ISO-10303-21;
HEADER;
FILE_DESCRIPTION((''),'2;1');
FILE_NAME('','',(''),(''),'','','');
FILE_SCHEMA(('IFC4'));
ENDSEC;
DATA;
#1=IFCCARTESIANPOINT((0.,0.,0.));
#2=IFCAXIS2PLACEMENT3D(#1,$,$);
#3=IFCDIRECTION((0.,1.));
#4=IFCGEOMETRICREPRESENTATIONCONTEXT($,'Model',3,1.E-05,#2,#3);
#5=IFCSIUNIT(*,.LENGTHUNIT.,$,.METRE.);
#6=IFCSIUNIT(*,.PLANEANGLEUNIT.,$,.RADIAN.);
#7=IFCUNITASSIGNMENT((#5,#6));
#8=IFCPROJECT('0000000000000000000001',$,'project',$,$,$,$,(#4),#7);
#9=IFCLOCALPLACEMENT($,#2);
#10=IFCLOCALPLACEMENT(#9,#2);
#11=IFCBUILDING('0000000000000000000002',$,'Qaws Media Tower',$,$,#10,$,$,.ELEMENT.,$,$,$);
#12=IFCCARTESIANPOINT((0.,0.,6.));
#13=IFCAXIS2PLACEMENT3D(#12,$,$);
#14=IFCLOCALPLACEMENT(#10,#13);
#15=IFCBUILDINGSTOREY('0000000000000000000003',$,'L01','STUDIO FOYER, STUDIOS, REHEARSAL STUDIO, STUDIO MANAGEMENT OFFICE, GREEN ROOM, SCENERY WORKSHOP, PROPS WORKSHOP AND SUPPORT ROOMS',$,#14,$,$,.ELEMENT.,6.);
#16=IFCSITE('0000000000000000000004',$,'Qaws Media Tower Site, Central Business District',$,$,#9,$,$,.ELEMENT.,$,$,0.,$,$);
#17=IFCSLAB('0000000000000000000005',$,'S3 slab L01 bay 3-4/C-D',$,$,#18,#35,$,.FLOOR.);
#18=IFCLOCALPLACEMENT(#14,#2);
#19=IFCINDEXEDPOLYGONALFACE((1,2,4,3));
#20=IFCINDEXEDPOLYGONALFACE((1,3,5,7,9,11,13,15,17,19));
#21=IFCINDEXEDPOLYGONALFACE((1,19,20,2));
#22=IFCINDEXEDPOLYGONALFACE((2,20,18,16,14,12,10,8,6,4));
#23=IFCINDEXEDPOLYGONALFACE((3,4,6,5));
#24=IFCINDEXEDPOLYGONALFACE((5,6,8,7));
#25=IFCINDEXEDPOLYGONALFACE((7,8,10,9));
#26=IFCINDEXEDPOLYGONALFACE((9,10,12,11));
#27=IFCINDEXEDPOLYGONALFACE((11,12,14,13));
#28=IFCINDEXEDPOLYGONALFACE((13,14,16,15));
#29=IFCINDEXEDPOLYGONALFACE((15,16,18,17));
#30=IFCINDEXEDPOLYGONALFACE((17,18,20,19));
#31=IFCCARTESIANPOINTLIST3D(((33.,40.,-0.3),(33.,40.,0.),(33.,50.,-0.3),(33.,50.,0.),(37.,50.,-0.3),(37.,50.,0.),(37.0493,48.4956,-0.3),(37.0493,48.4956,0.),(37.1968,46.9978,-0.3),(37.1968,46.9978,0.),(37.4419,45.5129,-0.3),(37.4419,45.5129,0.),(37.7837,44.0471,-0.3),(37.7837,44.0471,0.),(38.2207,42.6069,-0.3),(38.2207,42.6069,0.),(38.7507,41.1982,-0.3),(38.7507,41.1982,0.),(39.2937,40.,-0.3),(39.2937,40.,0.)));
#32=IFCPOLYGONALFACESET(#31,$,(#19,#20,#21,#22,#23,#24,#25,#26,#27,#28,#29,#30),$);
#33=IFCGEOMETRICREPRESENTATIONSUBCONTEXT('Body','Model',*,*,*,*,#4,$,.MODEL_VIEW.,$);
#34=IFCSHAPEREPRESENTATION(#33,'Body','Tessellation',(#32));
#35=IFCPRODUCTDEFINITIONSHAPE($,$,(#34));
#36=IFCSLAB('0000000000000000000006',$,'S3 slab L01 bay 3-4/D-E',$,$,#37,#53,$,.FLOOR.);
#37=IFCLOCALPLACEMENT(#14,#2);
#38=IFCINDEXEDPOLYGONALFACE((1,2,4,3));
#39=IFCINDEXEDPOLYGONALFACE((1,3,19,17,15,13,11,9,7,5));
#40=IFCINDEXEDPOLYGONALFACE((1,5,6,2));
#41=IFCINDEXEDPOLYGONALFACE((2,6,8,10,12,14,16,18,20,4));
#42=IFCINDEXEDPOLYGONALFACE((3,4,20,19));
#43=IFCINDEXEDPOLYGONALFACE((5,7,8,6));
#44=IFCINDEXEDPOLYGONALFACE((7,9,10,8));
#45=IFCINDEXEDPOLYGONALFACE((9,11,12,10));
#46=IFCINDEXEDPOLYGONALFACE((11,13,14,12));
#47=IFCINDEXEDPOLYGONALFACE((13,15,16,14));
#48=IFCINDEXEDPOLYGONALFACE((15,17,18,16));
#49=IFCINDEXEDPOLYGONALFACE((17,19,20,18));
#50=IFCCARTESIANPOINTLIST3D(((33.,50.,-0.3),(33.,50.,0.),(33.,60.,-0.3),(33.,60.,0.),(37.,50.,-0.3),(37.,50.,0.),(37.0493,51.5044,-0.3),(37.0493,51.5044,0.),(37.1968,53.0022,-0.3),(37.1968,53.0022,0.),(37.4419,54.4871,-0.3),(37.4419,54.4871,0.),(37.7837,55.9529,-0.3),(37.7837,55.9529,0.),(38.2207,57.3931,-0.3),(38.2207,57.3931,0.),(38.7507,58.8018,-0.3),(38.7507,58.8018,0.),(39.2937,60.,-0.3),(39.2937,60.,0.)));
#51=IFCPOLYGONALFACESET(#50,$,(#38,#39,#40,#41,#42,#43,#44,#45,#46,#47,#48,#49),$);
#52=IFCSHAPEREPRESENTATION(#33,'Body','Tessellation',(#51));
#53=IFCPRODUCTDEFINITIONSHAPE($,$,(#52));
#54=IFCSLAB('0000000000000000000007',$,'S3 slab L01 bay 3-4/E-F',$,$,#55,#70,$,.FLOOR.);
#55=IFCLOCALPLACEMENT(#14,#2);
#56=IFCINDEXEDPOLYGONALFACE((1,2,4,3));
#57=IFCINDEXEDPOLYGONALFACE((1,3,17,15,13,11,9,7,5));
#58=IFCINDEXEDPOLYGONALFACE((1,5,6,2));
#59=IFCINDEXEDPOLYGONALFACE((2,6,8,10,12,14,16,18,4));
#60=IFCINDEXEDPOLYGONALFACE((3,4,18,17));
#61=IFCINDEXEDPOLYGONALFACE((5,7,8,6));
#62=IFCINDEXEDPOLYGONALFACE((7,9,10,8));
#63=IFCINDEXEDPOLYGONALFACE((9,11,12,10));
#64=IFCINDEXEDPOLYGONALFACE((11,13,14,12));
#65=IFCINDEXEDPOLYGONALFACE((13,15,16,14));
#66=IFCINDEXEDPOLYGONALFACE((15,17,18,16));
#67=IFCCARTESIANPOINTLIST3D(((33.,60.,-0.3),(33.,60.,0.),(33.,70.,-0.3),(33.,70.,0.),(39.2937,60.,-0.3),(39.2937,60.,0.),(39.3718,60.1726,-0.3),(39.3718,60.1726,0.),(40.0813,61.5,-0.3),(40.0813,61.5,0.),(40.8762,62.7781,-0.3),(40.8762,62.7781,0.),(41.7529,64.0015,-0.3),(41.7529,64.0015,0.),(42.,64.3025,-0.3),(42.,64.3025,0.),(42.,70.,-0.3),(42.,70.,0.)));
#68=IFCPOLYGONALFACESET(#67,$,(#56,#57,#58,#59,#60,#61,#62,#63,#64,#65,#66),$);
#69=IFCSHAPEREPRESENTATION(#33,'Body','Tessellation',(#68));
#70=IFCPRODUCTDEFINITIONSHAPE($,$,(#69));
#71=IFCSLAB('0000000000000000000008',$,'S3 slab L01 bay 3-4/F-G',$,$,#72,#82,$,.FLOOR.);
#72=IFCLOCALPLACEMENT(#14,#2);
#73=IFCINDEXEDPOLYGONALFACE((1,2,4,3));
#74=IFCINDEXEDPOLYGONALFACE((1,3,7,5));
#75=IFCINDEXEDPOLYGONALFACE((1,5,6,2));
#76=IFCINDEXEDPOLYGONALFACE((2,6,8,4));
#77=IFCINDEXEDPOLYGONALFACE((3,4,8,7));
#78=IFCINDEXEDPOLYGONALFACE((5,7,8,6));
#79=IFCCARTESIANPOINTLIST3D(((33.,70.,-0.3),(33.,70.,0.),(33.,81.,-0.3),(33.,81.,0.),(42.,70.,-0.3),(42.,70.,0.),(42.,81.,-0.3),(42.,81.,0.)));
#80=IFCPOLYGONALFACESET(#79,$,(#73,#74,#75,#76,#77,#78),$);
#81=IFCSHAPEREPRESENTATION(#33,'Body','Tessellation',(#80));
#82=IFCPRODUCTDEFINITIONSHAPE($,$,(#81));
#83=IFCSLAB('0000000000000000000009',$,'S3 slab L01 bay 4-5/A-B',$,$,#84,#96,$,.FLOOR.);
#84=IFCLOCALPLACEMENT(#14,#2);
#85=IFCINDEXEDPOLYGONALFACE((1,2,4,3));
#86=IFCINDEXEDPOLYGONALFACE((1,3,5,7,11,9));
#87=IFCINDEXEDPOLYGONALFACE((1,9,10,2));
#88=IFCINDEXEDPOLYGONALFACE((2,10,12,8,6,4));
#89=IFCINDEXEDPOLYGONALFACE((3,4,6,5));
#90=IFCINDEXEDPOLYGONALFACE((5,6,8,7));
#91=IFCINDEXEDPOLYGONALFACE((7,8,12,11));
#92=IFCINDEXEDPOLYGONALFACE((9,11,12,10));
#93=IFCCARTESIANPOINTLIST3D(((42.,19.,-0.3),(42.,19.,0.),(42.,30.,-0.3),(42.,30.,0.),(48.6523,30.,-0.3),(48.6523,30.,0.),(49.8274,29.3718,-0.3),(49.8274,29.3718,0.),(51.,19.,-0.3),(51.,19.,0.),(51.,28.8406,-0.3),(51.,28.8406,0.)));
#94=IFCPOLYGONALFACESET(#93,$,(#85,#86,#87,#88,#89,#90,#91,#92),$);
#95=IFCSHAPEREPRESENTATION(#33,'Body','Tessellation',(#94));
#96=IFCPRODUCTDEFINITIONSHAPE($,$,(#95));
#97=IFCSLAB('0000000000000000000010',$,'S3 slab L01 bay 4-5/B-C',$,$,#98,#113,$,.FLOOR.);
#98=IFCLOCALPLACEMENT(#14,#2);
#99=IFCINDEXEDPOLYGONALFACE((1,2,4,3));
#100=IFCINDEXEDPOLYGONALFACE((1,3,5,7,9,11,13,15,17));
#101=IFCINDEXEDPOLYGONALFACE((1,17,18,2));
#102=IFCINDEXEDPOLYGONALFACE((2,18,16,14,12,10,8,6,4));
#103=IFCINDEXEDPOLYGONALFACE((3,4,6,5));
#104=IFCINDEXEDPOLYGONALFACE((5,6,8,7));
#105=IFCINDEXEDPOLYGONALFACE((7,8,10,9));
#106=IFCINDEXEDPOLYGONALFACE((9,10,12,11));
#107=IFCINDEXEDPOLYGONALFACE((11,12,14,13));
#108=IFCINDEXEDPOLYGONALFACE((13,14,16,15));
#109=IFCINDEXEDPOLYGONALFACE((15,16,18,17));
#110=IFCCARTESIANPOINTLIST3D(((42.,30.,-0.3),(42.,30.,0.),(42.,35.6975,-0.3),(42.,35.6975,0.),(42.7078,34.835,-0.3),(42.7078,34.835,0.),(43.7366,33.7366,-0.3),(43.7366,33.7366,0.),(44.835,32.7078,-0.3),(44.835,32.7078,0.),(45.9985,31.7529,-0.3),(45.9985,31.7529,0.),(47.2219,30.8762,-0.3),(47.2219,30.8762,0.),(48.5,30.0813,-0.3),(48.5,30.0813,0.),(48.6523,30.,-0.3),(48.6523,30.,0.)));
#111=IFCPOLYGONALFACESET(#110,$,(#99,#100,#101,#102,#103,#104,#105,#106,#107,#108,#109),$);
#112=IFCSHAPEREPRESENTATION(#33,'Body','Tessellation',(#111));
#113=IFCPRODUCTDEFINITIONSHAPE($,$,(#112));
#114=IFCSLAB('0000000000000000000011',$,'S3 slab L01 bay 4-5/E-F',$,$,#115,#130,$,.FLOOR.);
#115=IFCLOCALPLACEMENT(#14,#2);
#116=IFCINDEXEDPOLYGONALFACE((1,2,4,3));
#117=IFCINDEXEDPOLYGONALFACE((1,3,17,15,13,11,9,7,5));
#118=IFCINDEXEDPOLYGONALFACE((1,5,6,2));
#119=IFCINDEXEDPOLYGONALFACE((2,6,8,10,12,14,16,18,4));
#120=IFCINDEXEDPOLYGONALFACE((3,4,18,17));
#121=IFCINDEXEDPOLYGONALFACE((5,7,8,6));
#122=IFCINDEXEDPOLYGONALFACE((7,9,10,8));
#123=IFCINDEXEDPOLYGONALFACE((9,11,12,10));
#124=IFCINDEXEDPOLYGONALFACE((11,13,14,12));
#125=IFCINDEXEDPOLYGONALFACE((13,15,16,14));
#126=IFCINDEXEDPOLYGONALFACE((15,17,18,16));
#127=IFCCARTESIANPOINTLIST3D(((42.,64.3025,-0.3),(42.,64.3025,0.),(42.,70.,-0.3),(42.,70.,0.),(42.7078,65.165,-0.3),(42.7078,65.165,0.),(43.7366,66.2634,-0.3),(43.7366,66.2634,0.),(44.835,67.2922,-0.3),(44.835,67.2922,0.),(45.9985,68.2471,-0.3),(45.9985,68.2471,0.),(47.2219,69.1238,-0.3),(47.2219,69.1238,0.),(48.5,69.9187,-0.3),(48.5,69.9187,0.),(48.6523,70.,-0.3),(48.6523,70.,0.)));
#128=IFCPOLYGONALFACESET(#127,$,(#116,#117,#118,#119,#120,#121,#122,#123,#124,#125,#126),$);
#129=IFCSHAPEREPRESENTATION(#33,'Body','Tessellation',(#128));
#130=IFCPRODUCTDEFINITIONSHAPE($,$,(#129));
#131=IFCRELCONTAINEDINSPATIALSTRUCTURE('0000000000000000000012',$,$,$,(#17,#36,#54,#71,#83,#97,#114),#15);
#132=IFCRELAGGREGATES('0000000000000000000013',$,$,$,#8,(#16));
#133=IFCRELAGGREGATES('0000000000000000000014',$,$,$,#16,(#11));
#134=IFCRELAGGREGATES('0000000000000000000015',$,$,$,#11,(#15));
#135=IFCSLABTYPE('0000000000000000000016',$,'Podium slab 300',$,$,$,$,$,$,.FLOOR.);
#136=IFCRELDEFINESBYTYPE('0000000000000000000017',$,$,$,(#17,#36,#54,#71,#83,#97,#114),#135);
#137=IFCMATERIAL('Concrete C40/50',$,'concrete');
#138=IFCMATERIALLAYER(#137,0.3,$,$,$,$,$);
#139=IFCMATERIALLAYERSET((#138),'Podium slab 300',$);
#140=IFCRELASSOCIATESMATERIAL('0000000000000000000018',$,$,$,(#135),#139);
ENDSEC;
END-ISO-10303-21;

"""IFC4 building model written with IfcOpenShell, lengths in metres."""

from ifc_helpers import new_model, si_unit, direction, frame, origin, place, context, subcontext, project, spatial, polyline, outline, extrude, material, layer, layer_set, type_object, element, save


model = new_model("IFC4")

# Units and contexts
model_context = context("Model", 3, precision=1e-05, world=origin(), true_north=direction((0.0, 1.0)))
body_context = subcontext(model_context, "Body", "Model", "MODEL_VIEW")
ifc_project = project(units=[si_unit("LENGTHUNIT", "METRE"), si_unit("PLANEANGLEUNIT", "RADIAN")], contexts=[model_context])

# Site, building, storey
site_placement = place(None, origin())
site = spatial("IfcSite", under=ifc_project, at=site_placement, Name="Qaws Media Tower Site, Central Business District", CompositionType="ELEMENT", RefElevation=0.0)
building_placement = place(site_placement, origin())
building = spatial("IfcBuilding", under=site, at=building_placement, Name="Qaws Media Tower", CompositionType="ELEMENT")
storey_placement = place(building_placement, frame((0.0, 0.0, 6.0)))
storey = spatial("IfcBuildingStorey", under=building, at=storey_placement, Name="L01", Description="STUDIO FOYER, STUDIOS, REHEARSAL STUDIO, STUDIO MANAGEMENT OFFICE, GREEN ROOM, SCENERY WORKSHOP, PROPS WORKSHOP AND SUPPORT ROOMS", CompositionType="ELEMENT", Elevation=6.0)

# Slabs
ifc_material = material(Name="Concrete C40/50", Category="concrete")
ifc_layer = layer(ifc_material, 0.3)
ifc_layer_set = layer_set([ifc_layer], Name="Podium slab 300")
slab_type = type_object("IfcSlabType", Name="Podium slab 300", PredefinedType="FLOOR", material=ifc_layer_set)
slab_1_placement = place(storey_placement, frame((0.0, 0.0, -0.3)))
element("IfcSlab", 1, at=slab_1_placement, inside=storey, type_object=slab_type, Name="S3 slab L01 bay 3-4/C-D", PredefinedType="FLOOR", context=body_context, shape_type="SweptSolid", body=[
    extrude(outline(polyline([(37.0493, 48.4956), (37.1968, 46.9978), (37.4419, 45.5129), (37.7837, 44.0471), (38.2207, 42.6069), (38.7507, 41.1982), (39.2937, 40.0), (33.0, 40.0), (33.0, 50.0), (37.0, 50.0), (37.0493, 48.4956)])), origin(), (0.0, 0.0, 1.0), 0.3),
])
slab_2_placement = place(storey_placement, frame((0.0, 0.0, -0.3)))
element("IfcSlab", 2, at=slab_2_placement, inside=storey, type_object=slab_type, Name="S3 slab L01 bay 3-4/D-E", PredefinedType="FLOOR", context=body_context, shape_type="SweptSolid", body=[
    extrude(outline(polyline([(38.7507, 58.8018), (38.2207, 57.3931), (37.7837, 55.9529), (37.4419, 54.4871), (37.1968, 53.0022), (37.0493, 51.5044), (37.0, 50.0), (33.0, 50.0), (33.0, 60.0), (39.2937, 60.0), (38.7507, 58.8018)])), origin(), (0.0, 0.0, 1.0), 0.3),
])
slab_3_placement = place(storey_placement, frame((0.0, 0.0, -0.3)))
element("IfcSlab", 3, at=slab_3_placement, inside=storey, type_object=slab_type, Name="S3 slab L01 bay 3-4/E-F", PredefinedType="FLOOR", context=body_context, shape_type="SweptSolid", body=[
    extrude(outline(polyline([(41.7529, 64.0015), (40.8762, 62.7781), (40.0813, 61.5), (39.3718, 60.1726), (39.2937, 60.0), (33.0, 60.0), (33.0, 70.0), (42.0, 70.0), (42.0, 64.3025), (41.7529, 64.0015)])), origin(), (0.0, 0.0, 1.0), 0.3),
])
slab_4_placement = place(storey_placement, frame((0.0, 0.0, -0.3)))
element("IfcSlab", 4, at=slab_4_placement, inside=storey, type_object=slab_type, Name="S3 slab L01 bay 3-4/F-G", PredefinedType="FLOOR", context=body_context, shape_type="SweptSolid", body=[
    extrude(outline(polyline([(42.0, 81.0), (42.0, 70.0), (33.0, 70.0), (33.0, 81.0), (42.0, 81.0)])), origin(), (0.0, 0.0, 1.0), 0.3),
])
slab_5_placement = place(storey_placement, frame((0.0, 0.0, -0.3)))
element("IfcSlab", 5, at=slab_5_placement, inside=storey, type_object=slab_type, Name="S3 slab L01 bay 4-5/A-B", PredefinedType="FLOOR", context=body_context, shape_type="SweptSolid", body=[
    extrude(outline(polyline([(42.0, 19.0), (42.0, 30.0), (48.6523, 30.0), (49.8274, 29.3718), (51.0, 28.8406), (51.0, 19.0), (42.0, 19.0)])), origin(), (0.0, 0.0, 1.0), 0.3),
])
slab_6_placement = place(storey_placement, frame((0.0, 0.0, -0.3)))
element("IfcSlab", 6, at=slab_6_placement, inside=storey, type_object=slab_type, Name="S3 slab L01 bay 4-5/B-C", PredefinedType="FLOOR", context=body_context, shape_type="SweptSolid", body=[
    extrude(outline(polyline([(42.7078, 34.835), (43.7366, 33.7366), (44.835, 32.7078), (45.9985, 31.7529), (47.2219, 30.8762), (48.5, 30.0813), (48.6523, 30.0), (42.0, 30.0), (42.0, 35.6975), (42.7078, 34.835)])), origin(), (0.0, 0.0, 1.0), 0.3),
])
slab_7_placement = place(storey_placement, frame((0.0, 0.0, -0.3)))
element("IfcSlab", 7, at=slab_7_placement, inside=storey, type_object=slab_type, Name="S3 slab L01 bay 4-5/E-F", PredefinedType="FLOOR", context=body_context, shape_type="SweptSolid", body=[
    extrude(outline(polyline([(48.5, 69.9187), (47.2219, 69.1238), (45.9985, 68.2471), (44.835, 67.2922), (43.7366, 66.2634), (42.7078, 65.165), (42.0, 64.3025), (42.0, 70.0), (48.6523, 70.0), (48.5, 69.9187)])), origin(), (0.0, 0.0, 1.0), 0.3),
])

save(model, "model.ifc")
